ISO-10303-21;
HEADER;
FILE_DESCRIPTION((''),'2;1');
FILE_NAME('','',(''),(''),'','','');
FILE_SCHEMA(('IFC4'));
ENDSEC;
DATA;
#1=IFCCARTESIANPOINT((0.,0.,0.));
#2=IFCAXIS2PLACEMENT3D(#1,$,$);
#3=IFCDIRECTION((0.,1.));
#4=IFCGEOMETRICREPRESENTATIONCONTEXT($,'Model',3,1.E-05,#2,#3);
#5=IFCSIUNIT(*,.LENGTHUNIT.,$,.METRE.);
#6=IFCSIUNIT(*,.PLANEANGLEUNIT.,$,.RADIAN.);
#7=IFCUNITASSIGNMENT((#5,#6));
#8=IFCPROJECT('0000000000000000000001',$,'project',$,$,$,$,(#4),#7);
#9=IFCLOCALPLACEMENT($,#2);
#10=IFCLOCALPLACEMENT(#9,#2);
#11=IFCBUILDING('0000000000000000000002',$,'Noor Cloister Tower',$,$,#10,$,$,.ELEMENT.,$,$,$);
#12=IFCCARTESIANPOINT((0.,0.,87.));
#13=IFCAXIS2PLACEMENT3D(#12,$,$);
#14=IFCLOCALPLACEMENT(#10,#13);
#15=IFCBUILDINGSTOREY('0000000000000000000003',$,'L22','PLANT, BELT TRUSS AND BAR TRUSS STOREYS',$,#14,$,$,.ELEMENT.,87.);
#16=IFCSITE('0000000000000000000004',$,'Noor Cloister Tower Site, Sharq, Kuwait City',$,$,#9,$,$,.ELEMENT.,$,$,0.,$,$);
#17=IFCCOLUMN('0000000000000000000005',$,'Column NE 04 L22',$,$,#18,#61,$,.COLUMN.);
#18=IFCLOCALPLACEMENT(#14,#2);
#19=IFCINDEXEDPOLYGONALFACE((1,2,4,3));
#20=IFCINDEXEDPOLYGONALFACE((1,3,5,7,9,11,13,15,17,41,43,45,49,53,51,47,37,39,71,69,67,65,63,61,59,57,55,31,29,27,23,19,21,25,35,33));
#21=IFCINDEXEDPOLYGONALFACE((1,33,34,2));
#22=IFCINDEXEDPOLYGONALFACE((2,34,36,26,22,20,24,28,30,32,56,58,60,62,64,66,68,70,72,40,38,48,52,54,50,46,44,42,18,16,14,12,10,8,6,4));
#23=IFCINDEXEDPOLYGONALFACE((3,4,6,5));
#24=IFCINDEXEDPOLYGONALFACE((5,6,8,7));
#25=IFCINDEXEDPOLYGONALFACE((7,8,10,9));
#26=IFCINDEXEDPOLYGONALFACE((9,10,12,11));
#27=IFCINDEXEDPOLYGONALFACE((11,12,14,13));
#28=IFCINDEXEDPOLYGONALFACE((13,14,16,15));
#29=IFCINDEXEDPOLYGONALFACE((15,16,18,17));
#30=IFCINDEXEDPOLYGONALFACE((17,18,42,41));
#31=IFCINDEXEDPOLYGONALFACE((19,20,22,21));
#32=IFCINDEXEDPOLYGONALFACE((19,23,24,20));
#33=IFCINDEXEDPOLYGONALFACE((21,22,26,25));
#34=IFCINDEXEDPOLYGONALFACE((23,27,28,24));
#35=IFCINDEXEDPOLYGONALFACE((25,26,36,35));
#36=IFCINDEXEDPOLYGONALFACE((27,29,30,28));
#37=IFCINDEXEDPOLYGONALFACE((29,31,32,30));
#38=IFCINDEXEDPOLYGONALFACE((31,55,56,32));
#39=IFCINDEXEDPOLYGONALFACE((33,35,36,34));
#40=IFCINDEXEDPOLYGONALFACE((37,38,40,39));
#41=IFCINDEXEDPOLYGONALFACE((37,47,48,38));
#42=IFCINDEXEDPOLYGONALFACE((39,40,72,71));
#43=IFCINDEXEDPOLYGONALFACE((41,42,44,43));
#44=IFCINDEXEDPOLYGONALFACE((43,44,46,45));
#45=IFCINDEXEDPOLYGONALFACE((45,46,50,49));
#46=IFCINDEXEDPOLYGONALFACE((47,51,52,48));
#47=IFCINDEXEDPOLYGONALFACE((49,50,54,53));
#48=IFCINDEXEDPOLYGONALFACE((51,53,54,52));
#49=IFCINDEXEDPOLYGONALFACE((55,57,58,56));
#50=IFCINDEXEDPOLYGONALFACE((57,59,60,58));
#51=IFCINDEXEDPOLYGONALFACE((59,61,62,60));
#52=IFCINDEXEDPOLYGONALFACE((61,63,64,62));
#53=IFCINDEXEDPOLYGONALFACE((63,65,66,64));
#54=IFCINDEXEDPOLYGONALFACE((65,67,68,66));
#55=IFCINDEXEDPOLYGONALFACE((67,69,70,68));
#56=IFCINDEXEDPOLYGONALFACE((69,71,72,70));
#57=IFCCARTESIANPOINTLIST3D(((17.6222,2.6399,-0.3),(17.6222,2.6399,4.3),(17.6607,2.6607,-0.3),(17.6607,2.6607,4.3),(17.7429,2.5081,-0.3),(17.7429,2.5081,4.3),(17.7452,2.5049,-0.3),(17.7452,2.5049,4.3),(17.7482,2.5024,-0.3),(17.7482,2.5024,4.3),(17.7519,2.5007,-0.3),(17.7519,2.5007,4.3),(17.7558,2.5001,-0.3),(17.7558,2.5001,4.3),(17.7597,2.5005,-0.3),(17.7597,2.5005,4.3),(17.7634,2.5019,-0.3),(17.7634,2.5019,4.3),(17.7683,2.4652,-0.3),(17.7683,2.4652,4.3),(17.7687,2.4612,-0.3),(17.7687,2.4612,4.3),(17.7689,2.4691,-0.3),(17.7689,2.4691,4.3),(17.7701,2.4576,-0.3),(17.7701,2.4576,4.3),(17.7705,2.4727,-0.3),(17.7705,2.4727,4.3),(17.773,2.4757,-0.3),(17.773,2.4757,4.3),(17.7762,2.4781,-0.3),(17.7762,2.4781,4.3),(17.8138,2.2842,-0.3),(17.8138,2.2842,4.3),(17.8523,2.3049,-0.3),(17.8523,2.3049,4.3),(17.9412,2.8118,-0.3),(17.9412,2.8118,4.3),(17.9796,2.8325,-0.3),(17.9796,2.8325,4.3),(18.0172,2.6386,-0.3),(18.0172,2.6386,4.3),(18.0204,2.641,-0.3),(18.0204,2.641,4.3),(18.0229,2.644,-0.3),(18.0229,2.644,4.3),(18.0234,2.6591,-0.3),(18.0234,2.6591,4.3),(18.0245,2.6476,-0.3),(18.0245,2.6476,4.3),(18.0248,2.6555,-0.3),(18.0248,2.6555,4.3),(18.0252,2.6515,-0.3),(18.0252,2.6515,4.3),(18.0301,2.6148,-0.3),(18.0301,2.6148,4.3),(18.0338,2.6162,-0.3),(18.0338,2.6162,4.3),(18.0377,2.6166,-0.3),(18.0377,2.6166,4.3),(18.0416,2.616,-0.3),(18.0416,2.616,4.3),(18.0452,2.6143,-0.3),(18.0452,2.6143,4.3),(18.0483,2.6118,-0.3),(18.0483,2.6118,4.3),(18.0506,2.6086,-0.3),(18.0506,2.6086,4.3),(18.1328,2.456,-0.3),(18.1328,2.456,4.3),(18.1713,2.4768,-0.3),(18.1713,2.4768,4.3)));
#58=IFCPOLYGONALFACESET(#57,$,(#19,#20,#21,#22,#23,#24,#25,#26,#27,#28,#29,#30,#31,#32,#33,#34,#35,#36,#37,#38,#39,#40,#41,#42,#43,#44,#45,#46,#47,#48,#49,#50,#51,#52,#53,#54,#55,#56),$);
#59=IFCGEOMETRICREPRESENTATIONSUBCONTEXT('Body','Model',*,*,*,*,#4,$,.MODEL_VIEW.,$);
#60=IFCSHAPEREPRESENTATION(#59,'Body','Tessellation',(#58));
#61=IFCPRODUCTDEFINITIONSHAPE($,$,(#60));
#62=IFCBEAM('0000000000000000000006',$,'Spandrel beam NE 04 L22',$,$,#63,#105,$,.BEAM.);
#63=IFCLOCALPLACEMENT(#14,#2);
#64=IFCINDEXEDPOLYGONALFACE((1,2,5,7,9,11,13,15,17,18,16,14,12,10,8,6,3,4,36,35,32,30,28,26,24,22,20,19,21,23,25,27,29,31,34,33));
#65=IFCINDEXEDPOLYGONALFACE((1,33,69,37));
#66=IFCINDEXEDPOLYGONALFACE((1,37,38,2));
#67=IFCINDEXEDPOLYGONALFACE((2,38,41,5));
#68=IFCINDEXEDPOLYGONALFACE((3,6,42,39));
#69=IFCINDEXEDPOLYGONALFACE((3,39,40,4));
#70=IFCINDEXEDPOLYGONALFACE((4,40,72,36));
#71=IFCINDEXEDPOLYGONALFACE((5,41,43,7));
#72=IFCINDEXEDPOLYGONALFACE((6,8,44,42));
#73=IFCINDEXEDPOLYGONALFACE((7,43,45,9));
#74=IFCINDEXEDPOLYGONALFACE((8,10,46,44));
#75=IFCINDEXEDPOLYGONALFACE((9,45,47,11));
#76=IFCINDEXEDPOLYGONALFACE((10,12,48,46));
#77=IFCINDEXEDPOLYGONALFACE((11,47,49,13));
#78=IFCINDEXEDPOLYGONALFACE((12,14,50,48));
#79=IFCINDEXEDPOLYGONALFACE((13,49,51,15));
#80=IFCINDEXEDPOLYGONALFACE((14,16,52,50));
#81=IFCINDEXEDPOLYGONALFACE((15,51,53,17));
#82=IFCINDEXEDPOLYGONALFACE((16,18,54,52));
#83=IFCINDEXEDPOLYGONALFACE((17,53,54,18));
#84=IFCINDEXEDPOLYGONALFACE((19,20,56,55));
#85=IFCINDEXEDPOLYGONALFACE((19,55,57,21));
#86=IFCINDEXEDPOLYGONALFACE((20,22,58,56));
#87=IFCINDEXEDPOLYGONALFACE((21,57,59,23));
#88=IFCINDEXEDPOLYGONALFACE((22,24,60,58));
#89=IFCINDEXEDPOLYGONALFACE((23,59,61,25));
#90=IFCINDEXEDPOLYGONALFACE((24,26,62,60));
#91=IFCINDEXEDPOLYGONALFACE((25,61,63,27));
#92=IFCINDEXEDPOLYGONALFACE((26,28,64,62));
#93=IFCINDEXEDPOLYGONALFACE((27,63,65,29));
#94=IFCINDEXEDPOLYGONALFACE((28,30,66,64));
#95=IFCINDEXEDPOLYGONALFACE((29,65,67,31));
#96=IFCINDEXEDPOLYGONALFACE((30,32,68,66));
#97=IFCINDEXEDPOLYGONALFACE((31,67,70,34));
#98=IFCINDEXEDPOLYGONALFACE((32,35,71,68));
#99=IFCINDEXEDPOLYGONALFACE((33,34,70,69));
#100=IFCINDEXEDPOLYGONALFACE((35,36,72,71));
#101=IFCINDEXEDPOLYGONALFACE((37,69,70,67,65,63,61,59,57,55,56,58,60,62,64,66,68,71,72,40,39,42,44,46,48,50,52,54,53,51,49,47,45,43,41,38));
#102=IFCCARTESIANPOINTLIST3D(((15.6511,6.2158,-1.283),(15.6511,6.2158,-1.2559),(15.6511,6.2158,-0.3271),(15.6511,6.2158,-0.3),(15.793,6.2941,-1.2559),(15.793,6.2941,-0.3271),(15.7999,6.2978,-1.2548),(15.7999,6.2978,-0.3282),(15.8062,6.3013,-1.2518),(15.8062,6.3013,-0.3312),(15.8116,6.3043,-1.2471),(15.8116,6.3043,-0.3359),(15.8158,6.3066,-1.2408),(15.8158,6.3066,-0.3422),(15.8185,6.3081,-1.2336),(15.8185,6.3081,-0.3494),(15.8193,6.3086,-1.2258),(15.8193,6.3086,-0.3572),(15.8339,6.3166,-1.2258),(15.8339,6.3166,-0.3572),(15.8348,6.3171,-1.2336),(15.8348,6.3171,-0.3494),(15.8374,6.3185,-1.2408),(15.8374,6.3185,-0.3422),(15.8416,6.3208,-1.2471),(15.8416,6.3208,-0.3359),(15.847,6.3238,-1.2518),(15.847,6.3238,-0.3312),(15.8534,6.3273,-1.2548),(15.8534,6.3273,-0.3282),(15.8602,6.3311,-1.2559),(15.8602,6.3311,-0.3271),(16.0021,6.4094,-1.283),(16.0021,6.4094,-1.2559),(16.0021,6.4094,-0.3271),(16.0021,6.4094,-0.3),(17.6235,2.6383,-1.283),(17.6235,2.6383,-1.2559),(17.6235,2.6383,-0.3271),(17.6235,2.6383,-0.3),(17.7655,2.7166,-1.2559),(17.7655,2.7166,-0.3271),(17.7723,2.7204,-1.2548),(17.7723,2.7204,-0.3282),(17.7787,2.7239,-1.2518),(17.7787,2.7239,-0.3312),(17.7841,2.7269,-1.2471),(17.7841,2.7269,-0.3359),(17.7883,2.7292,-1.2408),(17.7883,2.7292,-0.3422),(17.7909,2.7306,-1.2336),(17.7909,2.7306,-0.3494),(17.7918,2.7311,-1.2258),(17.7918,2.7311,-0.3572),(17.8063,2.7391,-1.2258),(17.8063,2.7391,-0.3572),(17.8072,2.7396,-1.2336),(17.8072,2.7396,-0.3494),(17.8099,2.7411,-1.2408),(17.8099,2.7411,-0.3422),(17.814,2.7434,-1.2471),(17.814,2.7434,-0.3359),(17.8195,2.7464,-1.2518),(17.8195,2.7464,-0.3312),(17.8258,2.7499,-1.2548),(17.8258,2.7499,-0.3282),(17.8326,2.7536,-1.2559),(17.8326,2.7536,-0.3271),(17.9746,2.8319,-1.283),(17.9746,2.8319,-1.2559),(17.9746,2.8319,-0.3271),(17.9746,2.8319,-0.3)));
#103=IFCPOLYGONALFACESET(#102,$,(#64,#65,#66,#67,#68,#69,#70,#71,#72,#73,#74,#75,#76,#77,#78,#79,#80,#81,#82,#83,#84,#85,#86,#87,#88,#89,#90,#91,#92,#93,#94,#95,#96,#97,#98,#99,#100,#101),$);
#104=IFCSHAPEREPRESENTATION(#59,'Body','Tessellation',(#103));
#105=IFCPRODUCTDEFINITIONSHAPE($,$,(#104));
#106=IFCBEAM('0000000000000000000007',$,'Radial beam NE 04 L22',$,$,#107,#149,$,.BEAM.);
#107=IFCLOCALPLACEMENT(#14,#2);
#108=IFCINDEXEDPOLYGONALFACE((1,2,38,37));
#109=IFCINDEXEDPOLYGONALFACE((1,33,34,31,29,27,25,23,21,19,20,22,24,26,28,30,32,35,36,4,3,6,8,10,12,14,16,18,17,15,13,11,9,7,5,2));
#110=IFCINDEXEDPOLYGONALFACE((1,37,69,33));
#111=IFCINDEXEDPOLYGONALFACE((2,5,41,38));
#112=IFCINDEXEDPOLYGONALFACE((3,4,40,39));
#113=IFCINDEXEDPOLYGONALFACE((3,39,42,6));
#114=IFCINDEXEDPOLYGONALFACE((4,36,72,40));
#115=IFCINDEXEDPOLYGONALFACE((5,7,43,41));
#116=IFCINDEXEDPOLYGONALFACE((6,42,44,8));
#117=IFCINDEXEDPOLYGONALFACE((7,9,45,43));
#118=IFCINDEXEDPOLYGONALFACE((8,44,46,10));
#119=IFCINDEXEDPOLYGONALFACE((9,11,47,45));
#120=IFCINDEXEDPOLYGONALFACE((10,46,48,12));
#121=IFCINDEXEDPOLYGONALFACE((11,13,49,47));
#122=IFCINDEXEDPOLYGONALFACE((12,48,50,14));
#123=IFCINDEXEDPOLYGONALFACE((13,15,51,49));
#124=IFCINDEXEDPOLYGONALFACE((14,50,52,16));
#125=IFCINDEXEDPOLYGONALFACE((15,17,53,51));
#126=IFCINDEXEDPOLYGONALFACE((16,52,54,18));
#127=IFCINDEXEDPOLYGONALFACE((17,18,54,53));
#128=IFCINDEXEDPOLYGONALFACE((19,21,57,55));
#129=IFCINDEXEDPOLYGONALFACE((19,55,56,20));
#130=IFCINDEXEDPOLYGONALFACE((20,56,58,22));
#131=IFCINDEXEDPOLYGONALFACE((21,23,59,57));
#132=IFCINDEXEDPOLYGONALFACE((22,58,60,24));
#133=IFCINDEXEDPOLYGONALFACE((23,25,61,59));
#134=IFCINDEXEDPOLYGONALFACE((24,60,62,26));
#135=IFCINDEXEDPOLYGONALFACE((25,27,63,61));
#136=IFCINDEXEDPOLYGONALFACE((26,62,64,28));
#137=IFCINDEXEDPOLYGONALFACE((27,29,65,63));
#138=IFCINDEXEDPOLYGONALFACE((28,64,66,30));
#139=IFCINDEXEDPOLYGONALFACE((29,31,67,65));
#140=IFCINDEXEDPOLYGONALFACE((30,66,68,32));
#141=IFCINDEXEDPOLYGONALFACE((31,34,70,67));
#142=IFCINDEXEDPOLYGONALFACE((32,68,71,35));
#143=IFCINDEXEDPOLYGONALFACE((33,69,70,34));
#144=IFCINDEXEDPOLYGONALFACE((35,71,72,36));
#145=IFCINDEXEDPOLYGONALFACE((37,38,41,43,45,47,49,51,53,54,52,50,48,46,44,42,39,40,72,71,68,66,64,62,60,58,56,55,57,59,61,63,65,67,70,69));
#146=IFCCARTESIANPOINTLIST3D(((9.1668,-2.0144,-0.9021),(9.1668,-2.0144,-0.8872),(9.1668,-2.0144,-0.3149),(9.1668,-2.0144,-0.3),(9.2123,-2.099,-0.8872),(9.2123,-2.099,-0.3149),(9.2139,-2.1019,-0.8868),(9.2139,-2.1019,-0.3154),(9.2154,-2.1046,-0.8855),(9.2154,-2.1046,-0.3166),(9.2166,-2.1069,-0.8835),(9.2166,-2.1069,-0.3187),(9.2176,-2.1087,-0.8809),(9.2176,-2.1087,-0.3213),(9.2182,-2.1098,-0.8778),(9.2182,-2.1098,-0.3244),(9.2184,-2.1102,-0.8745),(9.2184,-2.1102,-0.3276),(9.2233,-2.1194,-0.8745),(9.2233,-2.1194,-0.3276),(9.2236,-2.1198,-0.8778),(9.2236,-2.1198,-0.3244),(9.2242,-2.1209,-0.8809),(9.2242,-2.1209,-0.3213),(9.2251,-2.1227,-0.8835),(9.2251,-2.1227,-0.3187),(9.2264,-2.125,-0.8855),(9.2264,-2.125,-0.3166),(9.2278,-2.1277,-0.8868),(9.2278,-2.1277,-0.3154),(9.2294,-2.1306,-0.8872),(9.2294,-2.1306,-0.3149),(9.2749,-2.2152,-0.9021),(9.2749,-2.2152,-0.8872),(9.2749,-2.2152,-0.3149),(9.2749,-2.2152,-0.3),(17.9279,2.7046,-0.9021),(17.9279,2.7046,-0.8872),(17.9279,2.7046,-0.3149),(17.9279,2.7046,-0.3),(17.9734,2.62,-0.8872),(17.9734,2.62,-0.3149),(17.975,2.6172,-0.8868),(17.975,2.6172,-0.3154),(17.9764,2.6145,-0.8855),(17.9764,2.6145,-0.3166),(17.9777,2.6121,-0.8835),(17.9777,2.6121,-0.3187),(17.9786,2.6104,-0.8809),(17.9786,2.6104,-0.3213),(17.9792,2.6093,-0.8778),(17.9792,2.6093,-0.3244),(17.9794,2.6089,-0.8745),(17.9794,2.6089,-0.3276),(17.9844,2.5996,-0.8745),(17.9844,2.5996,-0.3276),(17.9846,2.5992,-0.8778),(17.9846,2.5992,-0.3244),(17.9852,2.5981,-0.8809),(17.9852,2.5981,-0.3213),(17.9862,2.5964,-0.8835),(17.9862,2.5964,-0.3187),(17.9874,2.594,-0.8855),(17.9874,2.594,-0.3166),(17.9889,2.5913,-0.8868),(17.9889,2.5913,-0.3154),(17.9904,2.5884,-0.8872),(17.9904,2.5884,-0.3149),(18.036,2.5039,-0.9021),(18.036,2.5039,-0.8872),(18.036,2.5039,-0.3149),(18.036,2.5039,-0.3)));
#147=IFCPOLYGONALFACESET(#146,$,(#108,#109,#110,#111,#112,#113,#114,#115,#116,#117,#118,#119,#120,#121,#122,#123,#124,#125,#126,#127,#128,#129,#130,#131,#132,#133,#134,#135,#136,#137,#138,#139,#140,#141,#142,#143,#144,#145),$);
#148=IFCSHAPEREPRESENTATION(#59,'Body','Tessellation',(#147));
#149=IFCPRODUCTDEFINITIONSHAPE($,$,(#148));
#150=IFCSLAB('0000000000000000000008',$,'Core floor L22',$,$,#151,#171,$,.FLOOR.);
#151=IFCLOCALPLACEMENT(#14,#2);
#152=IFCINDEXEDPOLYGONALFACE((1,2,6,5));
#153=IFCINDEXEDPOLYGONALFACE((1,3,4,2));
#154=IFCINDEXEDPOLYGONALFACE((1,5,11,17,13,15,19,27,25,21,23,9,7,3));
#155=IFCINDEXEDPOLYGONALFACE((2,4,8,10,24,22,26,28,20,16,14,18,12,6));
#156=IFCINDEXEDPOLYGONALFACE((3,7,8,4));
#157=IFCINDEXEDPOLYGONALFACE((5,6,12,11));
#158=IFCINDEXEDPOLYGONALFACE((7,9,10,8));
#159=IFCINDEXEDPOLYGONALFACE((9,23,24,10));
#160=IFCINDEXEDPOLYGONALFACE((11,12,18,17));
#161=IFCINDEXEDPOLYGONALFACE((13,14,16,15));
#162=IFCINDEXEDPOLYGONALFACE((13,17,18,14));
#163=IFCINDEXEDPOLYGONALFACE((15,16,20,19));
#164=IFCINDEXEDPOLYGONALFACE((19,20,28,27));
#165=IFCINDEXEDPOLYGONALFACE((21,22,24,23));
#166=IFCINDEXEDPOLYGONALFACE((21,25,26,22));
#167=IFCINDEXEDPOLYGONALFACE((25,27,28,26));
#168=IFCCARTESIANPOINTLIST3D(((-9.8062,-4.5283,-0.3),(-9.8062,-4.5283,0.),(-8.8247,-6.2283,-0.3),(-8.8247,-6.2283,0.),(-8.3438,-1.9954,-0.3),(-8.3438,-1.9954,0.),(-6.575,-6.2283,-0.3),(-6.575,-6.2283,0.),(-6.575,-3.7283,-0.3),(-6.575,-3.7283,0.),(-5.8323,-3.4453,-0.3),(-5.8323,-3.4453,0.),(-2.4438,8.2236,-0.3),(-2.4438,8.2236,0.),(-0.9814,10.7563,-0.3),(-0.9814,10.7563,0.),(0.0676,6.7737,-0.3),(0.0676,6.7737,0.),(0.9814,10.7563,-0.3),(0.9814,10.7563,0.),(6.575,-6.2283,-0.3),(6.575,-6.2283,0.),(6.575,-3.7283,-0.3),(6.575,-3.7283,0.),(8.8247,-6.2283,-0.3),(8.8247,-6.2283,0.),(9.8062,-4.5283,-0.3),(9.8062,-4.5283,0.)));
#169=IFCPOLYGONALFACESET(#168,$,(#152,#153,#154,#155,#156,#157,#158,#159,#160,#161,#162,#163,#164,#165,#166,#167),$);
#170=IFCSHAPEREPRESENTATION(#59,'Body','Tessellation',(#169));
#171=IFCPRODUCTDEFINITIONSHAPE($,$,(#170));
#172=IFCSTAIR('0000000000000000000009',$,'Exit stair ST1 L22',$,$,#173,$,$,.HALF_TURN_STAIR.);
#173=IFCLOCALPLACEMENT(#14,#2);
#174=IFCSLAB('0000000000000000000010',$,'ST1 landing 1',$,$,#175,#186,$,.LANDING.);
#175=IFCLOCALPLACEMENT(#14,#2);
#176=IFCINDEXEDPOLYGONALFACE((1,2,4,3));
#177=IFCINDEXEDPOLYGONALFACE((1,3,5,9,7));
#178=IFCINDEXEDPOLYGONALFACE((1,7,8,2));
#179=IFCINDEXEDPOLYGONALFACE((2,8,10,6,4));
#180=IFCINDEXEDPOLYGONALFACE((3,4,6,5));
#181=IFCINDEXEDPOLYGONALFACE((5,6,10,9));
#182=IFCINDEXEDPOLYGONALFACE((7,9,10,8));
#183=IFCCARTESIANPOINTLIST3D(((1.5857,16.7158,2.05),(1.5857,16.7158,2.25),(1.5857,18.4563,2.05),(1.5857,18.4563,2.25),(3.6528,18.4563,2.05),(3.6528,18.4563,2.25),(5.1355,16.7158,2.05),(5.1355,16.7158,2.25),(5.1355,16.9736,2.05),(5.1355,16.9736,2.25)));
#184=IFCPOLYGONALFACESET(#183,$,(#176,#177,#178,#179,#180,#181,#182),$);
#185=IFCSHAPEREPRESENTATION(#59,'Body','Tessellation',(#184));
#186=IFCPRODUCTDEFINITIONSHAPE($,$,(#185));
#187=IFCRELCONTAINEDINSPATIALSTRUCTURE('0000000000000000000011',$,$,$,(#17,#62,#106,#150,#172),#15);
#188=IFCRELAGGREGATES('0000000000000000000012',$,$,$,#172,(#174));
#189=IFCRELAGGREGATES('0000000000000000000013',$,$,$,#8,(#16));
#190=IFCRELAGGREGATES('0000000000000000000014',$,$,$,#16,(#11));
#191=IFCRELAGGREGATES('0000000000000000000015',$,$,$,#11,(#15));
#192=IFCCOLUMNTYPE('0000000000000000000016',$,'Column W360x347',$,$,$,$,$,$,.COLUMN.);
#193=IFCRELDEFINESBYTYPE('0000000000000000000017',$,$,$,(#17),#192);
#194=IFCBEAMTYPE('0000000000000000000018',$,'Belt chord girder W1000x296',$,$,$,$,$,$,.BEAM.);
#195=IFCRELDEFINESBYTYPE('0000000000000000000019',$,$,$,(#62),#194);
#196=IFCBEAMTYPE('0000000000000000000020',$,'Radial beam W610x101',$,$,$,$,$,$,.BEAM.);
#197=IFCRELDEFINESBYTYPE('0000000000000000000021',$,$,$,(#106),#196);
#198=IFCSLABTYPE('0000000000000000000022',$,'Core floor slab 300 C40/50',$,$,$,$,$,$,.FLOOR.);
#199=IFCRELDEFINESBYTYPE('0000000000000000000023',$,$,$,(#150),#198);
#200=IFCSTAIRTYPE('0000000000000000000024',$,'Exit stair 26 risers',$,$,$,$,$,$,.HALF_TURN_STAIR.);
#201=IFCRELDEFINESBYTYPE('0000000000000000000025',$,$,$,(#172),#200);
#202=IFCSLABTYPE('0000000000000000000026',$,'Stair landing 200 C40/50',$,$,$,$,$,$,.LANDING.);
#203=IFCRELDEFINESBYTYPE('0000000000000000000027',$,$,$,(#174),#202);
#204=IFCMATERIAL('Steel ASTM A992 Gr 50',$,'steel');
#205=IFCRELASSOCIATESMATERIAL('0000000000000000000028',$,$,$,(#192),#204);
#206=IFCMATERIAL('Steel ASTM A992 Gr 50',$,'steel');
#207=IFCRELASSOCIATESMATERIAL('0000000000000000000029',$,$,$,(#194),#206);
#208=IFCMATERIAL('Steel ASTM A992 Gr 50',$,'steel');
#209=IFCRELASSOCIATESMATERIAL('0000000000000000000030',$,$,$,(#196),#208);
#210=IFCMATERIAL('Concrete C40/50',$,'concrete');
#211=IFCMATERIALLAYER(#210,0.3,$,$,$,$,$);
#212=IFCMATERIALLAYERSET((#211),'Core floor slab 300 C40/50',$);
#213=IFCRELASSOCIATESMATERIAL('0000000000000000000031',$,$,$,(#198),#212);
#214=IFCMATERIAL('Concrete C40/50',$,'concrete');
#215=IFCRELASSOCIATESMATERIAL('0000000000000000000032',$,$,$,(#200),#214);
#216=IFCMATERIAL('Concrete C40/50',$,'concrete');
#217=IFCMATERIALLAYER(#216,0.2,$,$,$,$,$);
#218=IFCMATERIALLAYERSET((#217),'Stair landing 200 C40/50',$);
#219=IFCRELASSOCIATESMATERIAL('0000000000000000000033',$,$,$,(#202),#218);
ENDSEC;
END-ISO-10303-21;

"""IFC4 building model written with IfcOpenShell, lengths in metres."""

from ifc_helpers import new_model, si_unit, direction, frame, origin, origin_2d, place, context, subcontext, project, spatial, polyline, i_section, outline, extrude, material, layer, layer_set, material_profile, profile_set, type_object, element, aggregate, save


model = new_model("IFC4")

# Units and contexts
model_context = context("Model", 3, precision=1e-05, world=origin(), true_north=direction((0.0, 1.0)))
body_context = subcontext(model_context, "Body", "Model", "MODEL_VIEW")
ifc_project = project(units=[si_unit("LENGTHUNIT", "METRE"), si_unit("PLANEANGLEUNIT", "RADIAN")], contexts=[model_context])

# Site, building, storey
site_placement = place(None, origin())
site = spatial("IfcSite", under=ifc_project, at=site_placement, Name="Noor Cloister Tower Site, Sharq, Kuwait City", CompositionType="ELEMENT", RefElevation=0.0)
building_placement = place(site_placement, origin())
building = spatial("IfcBuilding", under=site, at=building_placement, Name="Noor Cloister Tower", CompositionType="ELEMENT")
storey_placement = place(building_placement, frame((0.0, 0.0, 87.0)))
storey = spatial("IfcBuildingStorey", under=building, at=storey_placement, Name="L22", Description="PLANT, BELT TRUSS AND BAR TRUSS STOREYS", CompositionType="ELEMENT", Elevation=87.0)

# Column
ifc_material_1 = material(Name="Steel ASTM A992 Gr 50", Category="steel")
ifc_material_profile_1 = material_profile(ifc_material_1, i_section(OverallWidth=0.4041, OverallDepth=0.406, WebThickness=0.0271, FlangeThickness=0.0437, FilletRadius=0.0151, at=origin_2d()), Name="W360x347")
ifc_profile_set_1 = profile_set([ifc_material_profile_1], Name="Steel ASTM A992 Gr 50")
column_type = type_object("IfcColumnType", Name="Column W360x347", PredefinedType="COLUMN", material=ifc_profile_set_1)
column_placement = place(storey_placement, frame((17.8967, 2.5583, -0.3), z_axis=(0.0, 0.0, 1.0), x_axis=(-0.474216, 0.880408, 0.0)))
element("IfcColumn", 1, at=column_placement, inside=storey, type_object=column_type, Name="Column NE 04 L22", PredefinedType="COLUMN", context=body_context, shape_type="SweptSolid", body=[
    extrude(i_section(OverallWidth=0.4041, OverallDepth=0.406, WebThickness=0.0271, FlangeThickness=0.0437, FilletRadius=0.0151, at=origin_2d()), origin(), (0.0, 0.0, 1.0), 4.6001),
])

# Beams
ifc_material_2 = material(Name="Steel ASTM A992 Gr 50", Category="steel")
ifc_material_profile_2 = material_profile(ifc_material_2, i_section(OverallWidth=0.4009, OverallDepth=0.9829, WebThickness=0.0166, FlangeThickness=0.0271, FilletRadius=0.03, at=origin_2d()), Name="W1000x296")
ifc_profile_set_2 = profile_set([ifc_material_profile_2], Name="Steel ASTM A992 Gr 50")
beam_type_1 = type_object("IfcBeamType", Name="Belt chord girder W1000x296", PredefinedType="BEAM", material=ifc_profile_set_2)
beam_1_placement = place(storey_placement, frame((17.7991, 2.7351, -0.7915), z_axis=(-0.482829, 0.875715, 0.0), x_axis=(-0.875715, -0.482829, 0.0)))
element("IfcBeam", 2, at=beam_1_placement, inside=storey, type_object=beam_type_1, Name="Spandrel beam NE 04 L22", PredefinedType="BEAM", context=body_context, shape_type="SweptSolid", body=[
    extrude(i_section(OverallWidth=0.4009, OverallDepth=0.9829, WebThickness=0.0166, FlangeThickness=0.0271, FilletRadius=0.03, at=origin_2d()), origin(), (0.0, 0.0, 1.0), 4.0852),
])
ifc_material_3 = material(Name="Steel ASTM A992 Gr 50", Category="steel")
ifc_material_profile_3 = material_profile(ifc_material_3, i_section(OverallWidth=0.228, OverallDepth=0.6021, WebThickness=0.0105, FlangeThickness=0.0149, FilletRadius=0.0127, at=origin_2d()), Name="W610x101")
ifc_profile_set_3 = profile_set([ifc_material_profile_3], Name="Steel ASTM A992 Gr 50")
beam_type_2 = type_object("IfcBeamType", Name="Radial beam W610x101", PredefinedType="BEAM", material=ifc_profile_set_3)
beam_2_placement = place(storey_placement, frame((17.9819, 2.6042, -0.6011), z_axis=(-0.880406, -0.47422, 0.0), x_axis=(0.47422, -0.880406, 0.0)))
element("IfcBeam", 3, at=beam_2_placement, inside=storey, type_object=beam_type_2, Name="Radial beam NE 04 L22", PredefinedType="BEAM", context=body_context, shape_type="SweptSolid", body=[
    extrude(i_section(OverallWidth=0.228, OverallDepth=0.6021, WebThickness=0.0105, FlangeThickness=0.0149, FilletRadius=0.0127, at=origin_2d()), origin(), (0.0, 0.0, 1.0), 9.9512),
])

# Slab
ifc_material_4 = material(Name="Concrete C40/50", Category="concrete")
ifc_layer_1 = layer(ifc_material_4, 0.3)
ifc_layer_set_1 = layer_set([ifc_layer_1], Name="Core floor slab 300 C40/50")
slab_type_1 = type_object("IfcSlabType", Name="Core floor slab 300 C40/50", PredefinedType="FLOOR", material=ifc_layer_set_1)
slab_1_placement = place(storey_placement, frame((0.0, 0.0, -0.3)))
element("IfcSlab", 4, at=slab_1_placement, inside=storey, type_object=slab_type_1, Name="Core floor L22", PredefinedType="FLOOR", context=body_context, shape_type="SweptSolid", body=[
    extrude(outline(polyline([(-6.575, -6.2283), (-6.575, -3.7283), (6.575, -3.7283), (6.575, -6.2283), (8.8247, -6.2283), (9.8062, -4.5283), (0.9814, 10.7563), (-0.9814, 10.7563), (-2.4438, 8.2236), (0.0676, 6.7737), (-5.8323, -3.4453), (-8.3438, -1.9954), (-9.8062, -4.5283), (-8.8247, -6.2283), (-6.575, -6.2283)])), origin(), (0.0, 0.0, 1.0), 0.3),
])

# Stair, slab
ifc_material_5 = material(Name="Concrete C40/50", Category="concrete")
stair_type = type_object("IfcStairType", Name="Exit stair 26 risers", PredefinedType="HALF_TURN_STAIR", material=ifc_material_5)
stair_1_placement = place(storey_placement, origin())
stair_1 = element("IfcStair", 5, at=stair_1_placement, inside=storey, type_object=stair_type, Name="Exit stair ST1 L22", PredefinedType="HALF_TURN_STAIR")
ifc_material_6 = material(Name="Concrete C40/50", Category="concrete")
ifc_layer_2 = layer(ifc_material_6, 0.2)
ifc_layer_set_2 = layer_set([ifc_layer_2], Name="Stair landing 200 C40/50")
slab_type_2 = type_object("IfcSlabType", Name="Stair landing 200 C40/50", PredefinedType="LANDING", material=ifc_layer_set_2)
slab_2_placement = place(storey_placement, frame((0.0, 0.0, 2.05)))
slab_2 = element("IfcSlab", 6, at=slab_2_placement, type_object=slab_type_2, Name="ST1 landing 1", PredefinedType="LANDING", context=body_context, shape_type="SweptSolid", body=[
    extrude(outline(polyline([(5.1355, 16.7158), (5.1355, 16.9736), (3.6528, 18.4563), (1.5857, 18.4563), (1.5857, 16.7158), (5.1355, 16.7158)])), origin(), (0.0, 0.0, 1.0), 0.2),
])
aggregate(stair_1, [slab_2])

save(model, "model.ifc")
